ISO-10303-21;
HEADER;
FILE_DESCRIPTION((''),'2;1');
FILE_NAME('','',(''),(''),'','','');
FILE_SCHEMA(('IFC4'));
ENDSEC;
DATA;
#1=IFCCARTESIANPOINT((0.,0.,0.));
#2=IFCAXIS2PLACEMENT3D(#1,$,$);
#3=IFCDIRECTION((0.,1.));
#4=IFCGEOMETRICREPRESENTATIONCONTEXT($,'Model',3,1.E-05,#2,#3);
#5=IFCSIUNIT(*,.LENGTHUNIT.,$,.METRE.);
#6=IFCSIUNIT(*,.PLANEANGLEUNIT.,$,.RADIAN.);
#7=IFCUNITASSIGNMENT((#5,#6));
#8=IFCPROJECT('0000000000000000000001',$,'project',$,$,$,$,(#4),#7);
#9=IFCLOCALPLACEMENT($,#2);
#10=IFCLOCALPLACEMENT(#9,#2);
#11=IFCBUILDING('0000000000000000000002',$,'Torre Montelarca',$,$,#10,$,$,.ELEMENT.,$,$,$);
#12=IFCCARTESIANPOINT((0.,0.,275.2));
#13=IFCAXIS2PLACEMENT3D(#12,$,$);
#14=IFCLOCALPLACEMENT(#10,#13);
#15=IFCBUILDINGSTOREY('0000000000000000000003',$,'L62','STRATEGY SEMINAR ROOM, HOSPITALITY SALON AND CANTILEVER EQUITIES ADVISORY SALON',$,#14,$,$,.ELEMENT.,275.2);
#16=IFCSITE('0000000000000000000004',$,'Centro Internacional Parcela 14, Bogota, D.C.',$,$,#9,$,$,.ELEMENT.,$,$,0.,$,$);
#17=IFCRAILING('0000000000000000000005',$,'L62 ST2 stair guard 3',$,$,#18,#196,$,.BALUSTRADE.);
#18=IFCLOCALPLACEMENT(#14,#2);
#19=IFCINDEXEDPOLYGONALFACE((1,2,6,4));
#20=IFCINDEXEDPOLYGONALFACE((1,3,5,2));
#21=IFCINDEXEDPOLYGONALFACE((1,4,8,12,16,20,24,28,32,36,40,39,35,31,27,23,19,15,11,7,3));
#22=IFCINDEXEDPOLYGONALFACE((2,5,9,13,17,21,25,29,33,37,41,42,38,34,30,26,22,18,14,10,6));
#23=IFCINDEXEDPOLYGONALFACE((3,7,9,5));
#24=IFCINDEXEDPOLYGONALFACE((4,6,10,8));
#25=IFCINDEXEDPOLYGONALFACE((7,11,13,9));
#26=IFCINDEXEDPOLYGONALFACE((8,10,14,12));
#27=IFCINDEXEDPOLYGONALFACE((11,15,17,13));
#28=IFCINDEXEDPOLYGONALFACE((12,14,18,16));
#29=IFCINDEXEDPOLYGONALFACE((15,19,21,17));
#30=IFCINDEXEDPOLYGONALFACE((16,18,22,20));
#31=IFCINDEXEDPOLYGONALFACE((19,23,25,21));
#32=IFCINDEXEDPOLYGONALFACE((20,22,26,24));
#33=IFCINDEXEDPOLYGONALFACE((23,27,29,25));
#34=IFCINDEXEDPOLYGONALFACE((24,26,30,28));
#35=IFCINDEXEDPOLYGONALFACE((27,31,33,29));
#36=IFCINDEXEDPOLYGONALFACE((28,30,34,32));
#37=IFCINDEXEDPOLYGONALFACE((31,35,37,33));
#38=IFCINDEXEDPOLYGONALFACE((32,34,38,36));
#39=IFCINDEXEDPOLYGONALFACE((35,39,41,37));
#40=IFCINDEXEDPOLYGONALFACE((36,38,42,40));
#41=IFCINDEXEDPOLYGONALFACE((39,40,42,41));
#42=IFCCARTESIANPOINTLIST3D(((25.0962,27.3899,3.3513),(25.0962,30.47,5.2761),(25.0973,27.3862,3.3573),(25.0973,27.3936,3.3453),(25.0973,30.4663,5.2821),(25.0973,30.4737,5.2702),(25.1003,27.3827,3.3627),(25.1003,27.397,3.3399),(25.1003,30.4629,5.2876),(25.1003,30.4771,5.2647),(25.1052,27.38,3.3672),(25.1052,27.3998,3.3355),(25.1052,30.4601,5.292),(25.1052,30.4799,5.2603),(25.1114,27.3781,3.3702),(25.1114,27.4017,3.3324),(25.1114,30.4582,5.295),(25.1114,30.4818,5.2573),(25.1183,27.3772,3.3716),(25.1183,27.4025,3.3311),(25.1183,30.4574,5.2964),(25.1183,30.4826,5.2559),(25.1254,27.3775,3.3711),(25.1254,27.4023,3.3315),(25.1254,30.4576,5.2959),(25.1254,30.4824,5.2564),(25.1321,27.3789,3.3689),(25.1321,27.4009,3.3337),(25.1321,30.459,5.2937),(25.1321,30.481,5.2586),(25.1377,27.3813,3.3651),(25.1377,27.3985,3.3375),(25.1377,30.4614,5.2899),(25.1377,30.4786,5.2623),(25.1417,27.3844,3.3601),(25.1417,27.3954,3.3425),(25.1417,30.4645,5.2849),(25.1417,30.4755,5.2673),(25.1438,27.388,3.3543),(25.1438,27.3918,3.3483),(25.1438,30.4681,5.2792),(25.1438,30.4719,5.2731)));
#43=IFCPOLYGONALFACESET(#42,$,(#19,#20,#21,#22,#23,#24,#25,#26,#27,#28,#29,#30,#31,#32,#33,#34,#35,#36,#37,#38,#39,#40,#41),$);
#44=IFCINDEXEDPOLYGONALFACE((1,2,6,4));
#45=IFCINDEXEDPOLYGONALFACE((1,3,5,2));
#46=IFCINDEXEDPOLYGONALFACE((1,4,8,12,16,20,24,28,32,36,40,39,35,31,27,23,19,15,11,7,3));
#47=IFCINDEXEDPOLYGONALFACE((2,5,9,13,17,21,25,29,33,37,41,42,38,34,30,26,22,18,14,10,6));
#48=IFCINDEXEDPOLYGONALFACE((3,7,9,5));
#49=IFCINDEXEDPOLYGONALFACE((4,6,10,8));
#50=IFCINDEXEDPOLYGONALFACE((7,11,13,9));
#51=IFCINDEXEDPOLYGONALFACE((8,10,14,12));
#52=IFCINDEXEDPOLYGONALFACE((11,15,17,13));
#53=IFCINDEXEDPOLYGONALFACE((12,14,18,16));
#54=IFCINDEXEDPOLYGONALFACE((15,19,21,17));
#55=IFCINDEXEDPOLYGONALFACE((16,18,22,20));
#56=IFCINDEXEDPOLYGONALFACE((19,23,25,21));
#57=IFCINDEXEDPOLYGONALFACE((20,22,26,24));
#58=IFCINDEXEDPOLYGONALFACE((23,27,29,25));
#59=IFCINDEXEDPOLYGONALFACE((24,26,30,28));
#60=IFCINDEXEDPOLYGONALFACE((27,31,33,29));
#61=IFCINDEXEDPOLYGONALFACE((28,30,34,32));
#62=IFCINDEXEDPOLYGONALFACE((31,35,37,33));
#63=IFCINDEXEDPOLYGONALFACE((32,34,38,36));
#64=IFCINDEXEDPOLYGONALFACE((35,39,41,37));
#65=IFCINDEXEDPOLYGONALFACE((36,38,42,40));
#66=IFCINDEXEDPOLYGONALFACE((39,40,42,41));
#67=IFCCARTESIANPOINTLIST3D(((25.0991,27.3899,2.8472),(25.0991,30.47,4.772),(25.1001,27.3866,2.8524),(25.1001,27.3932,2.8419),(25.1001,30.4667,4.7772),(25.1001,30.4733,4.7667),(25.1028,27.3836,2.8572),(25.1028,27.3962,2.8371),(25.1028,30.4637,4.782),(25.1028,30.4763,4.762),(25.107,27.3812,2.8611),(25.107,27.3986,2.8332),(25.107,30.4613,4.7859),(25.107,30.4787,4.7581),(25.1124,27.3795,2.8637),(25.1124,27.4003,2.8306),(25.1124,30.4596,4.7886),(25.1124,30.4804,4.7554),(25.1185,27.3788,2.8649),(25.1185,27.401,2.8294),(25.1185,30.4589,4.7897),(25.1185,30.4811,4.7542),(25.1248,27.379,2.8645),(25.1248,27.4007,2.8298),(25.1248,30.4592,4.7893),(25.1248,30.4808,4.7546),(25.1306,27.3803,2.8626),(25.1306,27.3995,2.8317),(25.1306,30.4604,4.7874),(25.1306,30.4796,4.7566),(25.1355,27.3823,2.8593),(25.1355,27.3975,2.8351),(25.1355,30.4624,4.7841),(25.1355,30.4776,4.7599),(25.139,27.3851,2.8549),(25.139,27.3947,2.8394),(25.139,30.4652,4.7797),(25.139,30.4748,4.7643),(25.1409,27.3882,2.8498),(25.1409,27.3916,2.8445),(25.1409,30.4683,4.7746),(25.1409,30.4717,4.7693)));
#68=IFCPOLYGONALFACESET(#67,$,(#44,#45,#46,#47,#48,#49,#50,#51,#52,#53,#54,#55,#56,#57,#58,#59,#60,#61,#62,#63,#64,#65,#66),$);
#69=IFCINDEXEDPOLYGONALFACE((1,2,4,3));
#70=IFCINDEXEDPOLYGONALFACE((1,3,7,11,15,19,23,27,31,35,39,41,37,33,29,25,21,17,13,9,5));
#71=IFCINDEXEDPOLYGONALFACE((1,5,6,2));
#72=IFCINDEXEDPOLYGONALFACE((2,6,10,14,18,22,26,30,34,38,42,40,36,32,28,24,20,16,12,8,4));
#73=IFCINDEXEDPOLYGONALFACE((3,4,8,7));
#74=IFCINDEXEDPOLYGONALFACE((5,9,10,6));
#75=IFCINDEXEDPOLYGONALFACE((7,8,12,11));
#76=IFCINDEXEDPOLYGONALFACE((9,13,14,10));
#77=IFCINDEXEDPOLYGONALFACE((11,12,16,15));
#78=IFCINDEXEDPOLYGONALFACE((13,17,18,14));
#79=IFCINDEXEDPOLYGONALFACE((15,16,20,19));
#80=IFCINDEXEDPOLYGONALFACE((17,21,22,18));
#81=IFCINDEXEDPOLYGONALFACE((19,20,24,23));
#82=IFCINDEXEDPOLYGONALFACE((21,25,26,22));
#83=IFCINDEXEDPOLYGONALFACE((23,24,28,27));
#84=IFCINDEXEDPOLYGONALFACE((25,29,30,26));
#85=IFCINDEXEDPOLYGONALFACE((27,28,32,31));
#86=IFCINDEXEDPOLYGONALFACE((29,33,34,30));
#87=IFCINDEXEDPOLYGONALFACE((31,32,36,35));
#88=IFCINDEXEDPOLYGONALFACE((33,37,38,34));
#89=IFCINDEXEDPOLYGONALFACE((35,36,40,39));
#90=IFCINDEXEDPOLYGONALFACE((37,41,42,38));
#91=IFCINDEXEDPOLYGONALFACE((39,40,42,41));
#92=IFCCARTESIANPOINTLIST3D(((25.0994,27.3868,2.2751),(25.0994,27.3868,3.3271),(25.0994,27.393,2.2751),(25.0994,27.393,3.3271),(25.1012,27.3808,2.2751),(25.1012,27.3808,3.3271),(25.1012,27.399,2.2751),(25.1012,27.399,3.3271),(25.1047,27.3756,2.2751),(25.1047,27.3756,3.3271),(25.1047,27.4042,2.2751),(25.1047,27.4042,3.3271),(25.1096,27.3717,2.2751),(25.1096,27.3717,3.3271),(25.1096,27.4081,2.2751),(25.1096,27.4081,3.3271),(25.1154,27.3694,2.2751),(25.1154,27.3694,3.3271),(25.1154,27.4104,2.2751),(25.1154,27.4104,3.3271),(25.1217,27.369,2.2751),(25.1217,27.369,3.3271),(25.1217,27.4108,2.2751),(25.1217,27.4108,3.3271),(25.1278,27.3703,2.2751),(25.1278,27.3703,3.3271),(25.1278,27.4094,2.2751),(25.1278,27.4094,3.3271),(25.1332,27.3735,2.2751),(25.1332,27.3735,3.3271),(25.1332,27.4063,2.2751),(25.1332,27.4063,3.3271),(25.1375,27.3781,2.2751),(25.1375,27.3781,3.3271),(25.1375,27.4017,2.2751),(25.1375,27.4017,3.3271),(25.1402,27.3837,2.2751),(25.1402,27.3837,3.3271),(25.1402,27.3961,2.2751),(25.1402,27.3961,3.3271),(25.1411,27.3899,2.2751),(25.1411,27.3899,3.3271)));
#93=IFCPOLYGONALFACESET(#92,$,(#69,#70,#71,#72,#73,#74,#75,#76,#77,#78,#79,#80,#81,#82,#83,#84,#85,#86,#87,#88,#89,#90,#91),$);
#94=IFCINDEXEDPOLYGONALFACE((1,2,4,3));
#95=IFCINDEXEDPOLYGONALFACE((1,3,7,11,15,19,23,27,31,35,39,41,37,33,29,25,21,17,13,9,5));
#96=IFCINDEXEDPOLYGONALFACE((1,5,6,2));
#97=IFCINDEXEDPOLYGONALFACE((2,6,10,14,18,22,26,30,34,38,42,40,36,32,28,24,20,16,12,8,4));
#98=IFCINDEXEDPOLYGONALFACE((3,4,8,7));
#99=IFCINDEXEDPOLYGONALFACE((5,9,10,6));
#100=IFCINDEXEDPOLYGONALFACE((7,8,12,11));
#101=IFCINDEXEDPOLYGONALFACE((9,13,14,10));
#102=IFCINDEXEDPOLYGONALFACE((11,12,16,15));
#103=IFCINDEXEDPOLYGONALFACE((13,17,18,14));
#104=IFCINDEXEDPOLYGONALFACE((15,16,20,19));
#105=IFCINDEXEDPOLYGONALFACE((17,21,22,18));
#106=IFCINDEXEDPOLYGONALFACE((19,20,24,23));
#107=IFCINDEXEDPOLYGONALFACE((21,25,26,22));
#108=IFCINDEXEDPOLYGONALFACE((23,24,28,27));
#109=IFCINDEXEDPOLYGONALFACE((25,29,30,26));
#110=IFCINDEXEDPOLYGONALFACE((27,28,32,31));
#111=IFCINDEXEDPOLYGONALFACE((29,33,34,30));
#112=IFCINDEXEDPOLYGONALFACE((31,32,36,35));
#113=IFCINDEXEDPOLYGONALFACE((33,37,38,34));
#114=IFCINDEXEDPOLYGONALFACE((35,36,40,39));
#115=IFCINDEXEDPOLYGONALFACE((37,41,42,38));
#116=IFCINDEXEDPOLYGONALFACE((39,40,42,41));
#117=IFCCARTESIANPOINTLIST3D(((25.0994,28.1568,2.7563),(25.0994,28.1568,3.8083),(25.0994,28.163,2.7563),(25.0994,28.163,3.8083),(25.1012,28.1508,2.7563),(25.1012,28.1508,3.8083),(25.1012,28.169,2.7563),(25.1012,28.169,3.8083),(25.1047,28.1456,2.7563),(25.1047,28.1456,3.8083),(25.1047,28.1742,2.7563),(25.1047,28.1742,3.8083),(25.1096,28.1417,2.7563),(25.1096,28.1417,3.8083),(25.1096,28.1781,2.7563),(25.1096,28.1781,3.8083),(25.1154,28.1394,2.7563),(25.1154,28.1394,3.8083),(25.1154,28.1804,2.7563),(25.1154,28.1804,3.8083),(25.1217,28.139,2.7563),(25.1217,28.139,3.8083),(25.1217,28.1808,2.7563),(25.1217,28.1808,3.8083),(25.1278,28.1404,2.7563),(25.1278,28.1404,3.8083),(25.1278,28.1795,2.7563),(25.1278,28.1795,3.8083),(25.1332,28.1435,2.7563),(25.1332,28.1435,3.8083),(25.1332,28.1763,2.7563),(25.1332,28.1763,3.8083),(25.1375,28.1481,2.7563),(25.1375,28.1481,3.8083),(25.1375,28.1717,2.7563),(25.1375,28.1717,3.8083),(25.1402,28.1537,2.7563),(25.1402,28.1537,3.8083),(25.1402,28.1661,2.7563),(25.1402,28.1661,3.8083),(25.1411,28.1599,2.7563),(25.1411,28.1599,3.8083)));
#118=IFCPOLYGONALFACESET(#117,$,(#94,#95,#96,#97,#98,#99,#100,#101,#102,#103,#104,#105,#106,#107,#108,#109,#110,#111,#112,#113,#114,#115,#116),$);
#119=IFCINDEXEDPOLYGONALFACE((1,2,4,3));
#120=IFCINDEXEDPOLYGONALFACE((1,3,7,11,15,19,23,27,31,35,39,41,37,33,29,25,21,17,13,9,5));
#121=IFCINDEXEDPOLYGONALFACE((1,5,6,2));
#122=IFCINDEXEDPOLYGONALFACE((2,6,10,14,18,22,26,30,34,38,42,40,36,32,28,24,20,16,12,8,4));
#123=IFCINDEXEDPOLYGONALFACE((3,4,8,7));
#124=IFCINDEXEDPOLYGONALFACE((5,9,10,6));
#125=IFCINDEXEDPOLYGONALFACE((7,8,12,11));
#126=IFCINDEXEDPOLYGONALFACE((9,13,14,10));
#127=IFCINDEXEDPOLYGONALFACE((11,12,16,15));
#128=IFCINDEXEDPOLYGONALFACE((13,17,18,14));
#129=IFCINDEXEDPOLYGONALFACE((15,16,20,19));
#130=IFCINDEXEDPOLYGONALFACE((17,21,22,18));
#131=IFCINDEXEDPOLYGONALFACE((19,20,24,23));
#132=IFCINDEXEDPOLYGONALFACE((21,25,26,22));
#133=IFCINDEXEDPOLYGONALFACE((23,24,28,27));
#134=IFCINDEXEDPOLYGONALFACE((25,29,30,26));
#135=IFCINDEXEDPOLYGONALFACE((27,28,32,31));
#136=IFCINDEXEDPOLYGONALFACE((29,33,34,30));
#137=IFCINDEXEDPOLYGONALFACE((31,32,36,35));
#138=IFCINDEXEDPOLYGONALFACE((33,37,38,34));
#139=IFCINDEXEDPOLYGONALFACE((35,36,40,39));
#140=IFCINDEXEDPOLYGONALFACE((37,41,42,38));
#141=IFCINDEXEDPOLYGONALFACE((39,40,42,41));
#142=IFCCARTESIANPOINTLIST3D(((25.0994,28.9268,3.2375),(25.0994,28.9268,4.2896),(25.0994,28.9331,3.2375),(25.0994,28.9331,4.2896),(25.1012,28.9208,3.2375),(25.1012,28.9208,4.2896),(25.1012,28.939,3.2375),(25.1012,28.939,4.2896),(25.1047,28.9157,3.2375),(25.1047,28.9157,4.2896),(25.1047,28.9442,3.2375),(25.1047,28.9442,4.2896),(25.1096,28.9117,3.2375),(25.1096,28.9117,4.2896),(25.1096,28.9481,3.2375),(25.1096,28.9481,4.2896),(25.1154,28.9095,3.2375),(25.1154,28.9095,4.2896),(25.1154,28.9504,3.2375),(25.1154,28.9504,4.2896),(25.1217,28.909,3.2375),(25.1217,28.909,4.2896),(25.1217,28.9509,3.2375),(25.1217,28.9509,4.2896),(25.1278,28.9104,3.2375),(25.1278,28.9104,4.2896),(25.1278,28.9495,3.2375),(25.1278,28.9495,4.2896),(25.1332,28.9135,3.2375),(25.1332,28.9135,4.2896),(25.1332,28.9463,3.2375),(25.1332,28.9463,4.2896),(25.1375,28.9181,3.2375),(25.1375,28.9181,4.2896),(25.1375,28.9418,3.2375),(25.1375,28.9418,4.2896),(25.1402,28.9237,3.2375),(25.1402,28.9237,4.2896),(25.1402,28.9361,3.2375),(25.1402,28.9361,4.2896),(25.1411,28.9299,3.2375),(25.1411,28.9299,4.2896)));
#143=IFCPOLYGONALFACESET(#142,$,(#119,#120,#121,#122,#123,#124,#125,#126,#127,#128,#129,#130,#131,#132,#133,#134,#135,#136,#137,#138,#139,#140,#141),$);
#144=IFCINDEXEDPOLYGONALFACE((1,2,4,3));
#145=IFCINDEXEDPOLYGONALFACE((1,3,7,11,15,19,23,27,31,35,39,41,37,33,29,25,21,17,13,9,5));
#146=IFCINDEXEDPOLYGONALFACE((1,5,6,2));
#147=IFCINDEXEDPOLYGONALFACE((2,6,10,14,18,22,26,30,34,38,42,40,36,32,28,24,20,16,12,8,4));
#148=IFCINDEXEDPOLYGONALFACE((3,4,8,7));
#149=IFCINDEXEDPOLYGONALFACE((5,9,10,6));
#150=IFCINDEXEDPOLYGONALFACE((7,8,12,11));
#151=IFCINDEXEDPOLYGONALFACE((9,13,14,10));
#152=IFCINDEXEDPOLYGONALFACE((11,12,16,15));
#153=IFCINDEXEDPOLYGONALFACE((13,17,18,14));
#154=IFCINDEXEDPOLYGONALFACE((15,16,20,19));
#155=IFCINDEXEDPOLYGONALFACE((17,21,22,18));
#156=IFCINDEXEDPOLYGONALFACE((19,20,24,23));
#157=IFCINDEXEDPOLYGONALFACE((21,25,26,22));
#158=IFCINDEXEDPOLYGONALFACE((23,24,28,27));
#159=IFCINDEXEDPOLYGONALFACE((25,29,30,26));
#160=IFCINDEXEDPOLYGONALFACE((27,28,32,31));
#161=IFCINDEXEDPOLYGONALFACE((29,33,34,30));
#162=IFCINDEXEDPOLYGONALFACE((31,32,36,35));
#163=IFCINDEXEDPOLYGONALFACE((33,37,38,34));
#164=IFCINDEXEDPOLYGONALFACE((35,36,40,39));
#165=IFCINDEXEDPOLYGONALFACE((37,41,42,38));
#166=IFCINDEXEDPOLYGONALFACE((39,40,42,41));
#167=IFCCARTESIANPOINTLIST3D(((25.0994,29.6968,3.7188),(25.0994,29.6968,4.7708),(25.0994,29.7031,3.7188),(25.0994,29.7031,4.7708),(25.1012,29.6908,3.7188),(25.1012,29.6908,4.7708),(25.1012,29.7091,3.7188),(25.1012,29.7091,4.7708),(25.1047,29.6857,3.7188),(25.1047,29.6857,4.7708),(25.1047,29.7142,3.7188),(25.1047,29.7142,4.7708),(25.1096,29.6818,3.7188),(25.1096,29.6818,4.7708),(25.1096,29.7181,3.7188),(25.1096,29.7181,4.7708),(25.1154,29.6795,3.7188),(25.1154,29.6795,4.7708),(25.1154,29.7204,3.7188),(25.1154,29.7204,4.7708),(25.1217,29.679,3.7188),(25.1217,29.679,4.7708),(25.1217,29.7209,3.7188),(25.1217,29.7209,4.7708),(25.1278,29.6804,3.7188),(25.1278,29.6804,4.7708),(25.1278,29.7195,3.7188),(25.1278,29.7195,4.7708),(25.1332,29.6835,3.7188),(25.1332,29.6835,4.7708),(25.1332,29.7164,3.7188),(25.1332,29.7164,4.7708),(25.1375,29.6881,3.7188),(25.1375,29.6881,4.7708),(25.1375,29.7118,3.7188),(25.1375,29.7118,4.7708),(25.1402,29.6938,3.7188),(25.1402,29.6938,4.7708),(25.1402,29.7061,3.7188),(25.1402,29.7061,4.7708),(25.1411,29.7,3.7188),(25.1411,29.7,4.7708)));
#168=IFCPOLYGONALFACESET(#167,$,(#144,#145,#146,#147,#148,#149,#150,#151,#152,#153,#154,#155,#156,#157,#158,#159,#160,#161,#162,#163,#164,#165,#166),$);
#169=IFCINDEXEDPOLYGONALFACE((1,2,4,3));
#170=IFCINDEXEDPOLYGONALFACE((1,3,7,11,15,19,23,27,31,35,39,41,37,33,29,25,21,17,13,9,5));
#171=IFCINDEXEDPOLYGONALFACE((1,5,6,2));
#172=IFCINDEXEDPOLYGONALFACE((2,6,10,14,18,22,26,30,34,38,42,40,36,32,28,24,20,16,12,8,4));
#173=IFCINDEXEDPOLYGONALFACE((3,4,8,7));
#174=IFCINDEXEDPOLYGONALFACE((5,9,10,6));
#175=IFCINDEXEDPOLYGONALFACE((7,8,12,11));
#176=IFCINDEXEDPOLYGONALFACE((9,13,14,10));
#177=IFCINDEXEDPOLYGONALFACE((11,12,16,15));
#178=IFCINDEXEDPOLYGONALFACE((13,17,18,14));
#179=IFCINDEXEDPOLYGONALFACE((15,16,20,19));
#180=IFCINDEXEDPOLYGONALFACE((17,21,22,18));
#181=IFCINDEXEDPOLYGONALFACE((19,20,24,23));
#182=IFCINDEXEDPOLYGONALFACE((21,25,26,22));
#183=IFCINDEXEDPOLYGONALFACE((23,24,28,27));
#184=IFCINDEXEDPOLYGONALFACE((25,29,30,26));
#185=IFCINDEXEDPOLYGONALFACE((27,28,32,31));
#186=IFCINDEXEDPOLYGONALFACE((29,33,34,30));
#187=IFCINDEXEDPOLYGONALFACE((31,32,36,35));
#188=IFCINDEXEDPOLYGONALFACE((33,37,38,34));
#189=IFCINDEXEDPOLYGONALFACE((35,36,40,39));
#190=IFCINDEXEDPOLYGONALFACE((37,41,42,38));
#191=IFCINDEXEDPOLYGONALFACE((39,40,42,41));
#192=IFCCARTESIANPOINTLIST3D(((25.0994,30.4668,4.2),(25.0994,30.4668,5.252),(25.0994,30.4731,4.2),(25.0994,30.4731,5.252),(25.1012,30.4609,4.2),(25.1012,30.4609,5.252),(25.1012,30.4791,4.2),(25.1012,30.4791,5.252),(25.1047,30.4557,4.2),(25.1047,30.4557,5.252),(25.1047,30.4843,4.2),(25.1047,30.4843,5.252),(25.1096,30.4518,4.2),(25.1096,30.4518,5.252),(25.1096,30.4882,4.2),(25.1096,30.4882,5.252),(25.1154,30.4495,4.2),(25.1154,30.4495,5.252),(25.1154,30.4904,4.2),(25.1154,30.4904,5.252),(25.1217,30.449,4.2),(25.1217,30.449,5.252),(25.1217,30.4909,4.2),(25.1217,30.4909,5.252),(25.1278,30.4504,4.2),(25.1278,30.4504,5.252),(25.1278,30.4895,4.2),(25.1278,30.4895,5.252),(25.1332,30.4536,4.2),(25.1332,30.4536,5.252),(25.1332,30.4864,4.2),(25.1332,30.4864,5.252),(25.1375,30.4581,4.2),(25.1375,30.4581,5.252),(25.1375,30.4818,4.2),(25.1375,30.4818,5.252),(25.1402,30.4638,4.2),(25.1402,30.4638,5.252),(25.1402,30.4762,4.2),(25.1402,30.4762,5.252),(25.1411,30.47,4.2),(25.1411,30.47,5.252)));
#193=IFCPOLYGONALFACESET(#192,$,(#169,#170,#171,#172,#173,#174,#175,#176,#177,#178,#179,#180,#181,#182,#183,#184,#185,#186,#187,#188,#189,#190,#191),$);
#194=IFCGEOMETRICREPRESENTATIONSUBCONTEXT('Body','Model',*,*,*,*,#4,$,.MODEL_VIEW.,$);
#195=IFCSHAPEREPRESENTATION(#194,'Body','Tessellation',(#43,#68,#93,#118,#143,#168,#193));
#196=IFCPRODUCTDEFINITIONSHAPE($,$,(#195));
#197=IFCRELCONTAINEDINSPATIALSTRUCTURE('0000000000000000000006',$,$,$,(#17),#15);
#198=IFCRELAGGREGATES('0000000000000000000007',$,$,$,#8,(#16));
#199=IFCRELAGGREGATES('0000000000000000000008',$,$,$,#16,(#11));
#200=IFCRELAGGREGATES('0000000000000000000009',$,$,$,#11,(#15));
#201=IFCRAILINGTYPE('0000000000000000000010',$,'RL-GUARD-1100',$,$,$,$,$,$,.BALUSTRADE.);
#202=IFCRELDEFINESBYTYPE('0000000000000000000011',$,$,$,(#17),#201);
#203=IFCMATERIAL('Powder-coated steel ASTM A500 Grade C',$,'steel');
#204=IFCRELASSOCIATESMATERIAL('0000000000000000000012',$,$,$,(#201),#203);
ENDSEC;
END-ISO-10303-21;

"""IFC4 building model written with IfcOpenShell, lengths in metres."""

from ifc_helpers import new_model, si_unit, direction, frame, origin, origin_2d, place, context, subcontext, project, spatial, circle, extrude, material, type_object, element, save


model = new_model("IFC4")

# Units and contexts
model_context = context("Model", 3, precision=1e-05, world=origin(), true_north=direction((0.0, 1.0)))
body_context = subcontext(model_context, "Body", "Model", "MODEL_VIEW")
ifc_project = project(units=[si_unit("LENGTHUNIT", "METRE"), si_unit("PLANEANGLEUNIT", "RADIAN")], contexts=[model_context])

# Site, building, storey
site_placement = place(None, origin())
site = spatial("IfcSite", under=ifc_project, at=site_placement, Name="Centro Internacional Parcela 14, Bogota, D.C.", CompositionType="ELEMENT", RefElevation=0.0)
building_placement = place(site_placement, origin())
building = spatial("IfcBuilding", under=site, at=building_placement, Name="Torre Montelarca", CompositionType="ELEMENT")
storey_placement = place(building_placement, frame((0.0, 0.0, 275.2)))
storey = spatial("IfcBuildingStorey", under=building, at=storey_placement, Name="L62", Description="STRATEGY SEMINAR ROOM, HOSPITALITY SALON AND CANTILEVER EQUITIES ADVISORY SALON", CompositionType="ELEMENT", Elevation=275.2)

# Railing
ifc_material_1 = material(Name="Powder-coated steel ASTM A500 Grade C", Category="steel")
railing_type_1 = type_object("IfcRailingType", Name="RL-GUARD-1100", PredefinedType="BALUSTRADE", material=ifc_material_1)
railing_1_placement = place(storey_placement, frame((25.1201, 27.3899, 2.2751)))
element("IfcRailing", 1, at=railing_1_placement, inside=storey, type_object=railing_type_1, Name="L62 ST2 stair guard 3", PredefinedType="BALUSTRADE", context=body_context, shape_type="SweptSolid", body=[
    extrude(circle(Radius=0.0239, at=origin_2d()), frame((0.0, 0.0, 1.0762), z_axis=(0.0, 0.848029, 0.529951), x_axis=(-1.0, 0.0, 0.0)), (0.0, 0.0, 1.0), 3.6321),
    extrude(circle(Radius=0.021, at=origin_2d()), frame((0.0, 0.0, 0.572), z_axis=(0.0, 0.848029, 0.529951), x_axis=(-1.0, 0.0, 0.0)), (0.0, 0.0, 1.0), 3.6321),
    extrude(circle(Radius=0.021, at=origin_2d()), origin(), (0.0, 0.0, 1.0), 1.052),
    extrude(circle(Radius=0.021, at=origin_2d()), frame((0.0, 0.77, 0.4812)), (0.0, 0.0, 1.0), 1.052),
    extrude(circle(Radius=0.021, at=origin_2d()), frame((0.0, 1.54, 0.9624)), (0.0, 0.0, 1.0), 1.052),
    extrude(circle(Radius=0.021, at=origin_2d()), frame((0.0, 2.3101, 1.4436)), (0.0, 0.0, 1.0), 1.052),
    extrude(circle(Radius=0.021, at=origin_2d()), frame((0.0, 3.0801, 1.9248)), (0.0, 0.0, 1.0), 1.052),
])

save(model, "model.ifc")
